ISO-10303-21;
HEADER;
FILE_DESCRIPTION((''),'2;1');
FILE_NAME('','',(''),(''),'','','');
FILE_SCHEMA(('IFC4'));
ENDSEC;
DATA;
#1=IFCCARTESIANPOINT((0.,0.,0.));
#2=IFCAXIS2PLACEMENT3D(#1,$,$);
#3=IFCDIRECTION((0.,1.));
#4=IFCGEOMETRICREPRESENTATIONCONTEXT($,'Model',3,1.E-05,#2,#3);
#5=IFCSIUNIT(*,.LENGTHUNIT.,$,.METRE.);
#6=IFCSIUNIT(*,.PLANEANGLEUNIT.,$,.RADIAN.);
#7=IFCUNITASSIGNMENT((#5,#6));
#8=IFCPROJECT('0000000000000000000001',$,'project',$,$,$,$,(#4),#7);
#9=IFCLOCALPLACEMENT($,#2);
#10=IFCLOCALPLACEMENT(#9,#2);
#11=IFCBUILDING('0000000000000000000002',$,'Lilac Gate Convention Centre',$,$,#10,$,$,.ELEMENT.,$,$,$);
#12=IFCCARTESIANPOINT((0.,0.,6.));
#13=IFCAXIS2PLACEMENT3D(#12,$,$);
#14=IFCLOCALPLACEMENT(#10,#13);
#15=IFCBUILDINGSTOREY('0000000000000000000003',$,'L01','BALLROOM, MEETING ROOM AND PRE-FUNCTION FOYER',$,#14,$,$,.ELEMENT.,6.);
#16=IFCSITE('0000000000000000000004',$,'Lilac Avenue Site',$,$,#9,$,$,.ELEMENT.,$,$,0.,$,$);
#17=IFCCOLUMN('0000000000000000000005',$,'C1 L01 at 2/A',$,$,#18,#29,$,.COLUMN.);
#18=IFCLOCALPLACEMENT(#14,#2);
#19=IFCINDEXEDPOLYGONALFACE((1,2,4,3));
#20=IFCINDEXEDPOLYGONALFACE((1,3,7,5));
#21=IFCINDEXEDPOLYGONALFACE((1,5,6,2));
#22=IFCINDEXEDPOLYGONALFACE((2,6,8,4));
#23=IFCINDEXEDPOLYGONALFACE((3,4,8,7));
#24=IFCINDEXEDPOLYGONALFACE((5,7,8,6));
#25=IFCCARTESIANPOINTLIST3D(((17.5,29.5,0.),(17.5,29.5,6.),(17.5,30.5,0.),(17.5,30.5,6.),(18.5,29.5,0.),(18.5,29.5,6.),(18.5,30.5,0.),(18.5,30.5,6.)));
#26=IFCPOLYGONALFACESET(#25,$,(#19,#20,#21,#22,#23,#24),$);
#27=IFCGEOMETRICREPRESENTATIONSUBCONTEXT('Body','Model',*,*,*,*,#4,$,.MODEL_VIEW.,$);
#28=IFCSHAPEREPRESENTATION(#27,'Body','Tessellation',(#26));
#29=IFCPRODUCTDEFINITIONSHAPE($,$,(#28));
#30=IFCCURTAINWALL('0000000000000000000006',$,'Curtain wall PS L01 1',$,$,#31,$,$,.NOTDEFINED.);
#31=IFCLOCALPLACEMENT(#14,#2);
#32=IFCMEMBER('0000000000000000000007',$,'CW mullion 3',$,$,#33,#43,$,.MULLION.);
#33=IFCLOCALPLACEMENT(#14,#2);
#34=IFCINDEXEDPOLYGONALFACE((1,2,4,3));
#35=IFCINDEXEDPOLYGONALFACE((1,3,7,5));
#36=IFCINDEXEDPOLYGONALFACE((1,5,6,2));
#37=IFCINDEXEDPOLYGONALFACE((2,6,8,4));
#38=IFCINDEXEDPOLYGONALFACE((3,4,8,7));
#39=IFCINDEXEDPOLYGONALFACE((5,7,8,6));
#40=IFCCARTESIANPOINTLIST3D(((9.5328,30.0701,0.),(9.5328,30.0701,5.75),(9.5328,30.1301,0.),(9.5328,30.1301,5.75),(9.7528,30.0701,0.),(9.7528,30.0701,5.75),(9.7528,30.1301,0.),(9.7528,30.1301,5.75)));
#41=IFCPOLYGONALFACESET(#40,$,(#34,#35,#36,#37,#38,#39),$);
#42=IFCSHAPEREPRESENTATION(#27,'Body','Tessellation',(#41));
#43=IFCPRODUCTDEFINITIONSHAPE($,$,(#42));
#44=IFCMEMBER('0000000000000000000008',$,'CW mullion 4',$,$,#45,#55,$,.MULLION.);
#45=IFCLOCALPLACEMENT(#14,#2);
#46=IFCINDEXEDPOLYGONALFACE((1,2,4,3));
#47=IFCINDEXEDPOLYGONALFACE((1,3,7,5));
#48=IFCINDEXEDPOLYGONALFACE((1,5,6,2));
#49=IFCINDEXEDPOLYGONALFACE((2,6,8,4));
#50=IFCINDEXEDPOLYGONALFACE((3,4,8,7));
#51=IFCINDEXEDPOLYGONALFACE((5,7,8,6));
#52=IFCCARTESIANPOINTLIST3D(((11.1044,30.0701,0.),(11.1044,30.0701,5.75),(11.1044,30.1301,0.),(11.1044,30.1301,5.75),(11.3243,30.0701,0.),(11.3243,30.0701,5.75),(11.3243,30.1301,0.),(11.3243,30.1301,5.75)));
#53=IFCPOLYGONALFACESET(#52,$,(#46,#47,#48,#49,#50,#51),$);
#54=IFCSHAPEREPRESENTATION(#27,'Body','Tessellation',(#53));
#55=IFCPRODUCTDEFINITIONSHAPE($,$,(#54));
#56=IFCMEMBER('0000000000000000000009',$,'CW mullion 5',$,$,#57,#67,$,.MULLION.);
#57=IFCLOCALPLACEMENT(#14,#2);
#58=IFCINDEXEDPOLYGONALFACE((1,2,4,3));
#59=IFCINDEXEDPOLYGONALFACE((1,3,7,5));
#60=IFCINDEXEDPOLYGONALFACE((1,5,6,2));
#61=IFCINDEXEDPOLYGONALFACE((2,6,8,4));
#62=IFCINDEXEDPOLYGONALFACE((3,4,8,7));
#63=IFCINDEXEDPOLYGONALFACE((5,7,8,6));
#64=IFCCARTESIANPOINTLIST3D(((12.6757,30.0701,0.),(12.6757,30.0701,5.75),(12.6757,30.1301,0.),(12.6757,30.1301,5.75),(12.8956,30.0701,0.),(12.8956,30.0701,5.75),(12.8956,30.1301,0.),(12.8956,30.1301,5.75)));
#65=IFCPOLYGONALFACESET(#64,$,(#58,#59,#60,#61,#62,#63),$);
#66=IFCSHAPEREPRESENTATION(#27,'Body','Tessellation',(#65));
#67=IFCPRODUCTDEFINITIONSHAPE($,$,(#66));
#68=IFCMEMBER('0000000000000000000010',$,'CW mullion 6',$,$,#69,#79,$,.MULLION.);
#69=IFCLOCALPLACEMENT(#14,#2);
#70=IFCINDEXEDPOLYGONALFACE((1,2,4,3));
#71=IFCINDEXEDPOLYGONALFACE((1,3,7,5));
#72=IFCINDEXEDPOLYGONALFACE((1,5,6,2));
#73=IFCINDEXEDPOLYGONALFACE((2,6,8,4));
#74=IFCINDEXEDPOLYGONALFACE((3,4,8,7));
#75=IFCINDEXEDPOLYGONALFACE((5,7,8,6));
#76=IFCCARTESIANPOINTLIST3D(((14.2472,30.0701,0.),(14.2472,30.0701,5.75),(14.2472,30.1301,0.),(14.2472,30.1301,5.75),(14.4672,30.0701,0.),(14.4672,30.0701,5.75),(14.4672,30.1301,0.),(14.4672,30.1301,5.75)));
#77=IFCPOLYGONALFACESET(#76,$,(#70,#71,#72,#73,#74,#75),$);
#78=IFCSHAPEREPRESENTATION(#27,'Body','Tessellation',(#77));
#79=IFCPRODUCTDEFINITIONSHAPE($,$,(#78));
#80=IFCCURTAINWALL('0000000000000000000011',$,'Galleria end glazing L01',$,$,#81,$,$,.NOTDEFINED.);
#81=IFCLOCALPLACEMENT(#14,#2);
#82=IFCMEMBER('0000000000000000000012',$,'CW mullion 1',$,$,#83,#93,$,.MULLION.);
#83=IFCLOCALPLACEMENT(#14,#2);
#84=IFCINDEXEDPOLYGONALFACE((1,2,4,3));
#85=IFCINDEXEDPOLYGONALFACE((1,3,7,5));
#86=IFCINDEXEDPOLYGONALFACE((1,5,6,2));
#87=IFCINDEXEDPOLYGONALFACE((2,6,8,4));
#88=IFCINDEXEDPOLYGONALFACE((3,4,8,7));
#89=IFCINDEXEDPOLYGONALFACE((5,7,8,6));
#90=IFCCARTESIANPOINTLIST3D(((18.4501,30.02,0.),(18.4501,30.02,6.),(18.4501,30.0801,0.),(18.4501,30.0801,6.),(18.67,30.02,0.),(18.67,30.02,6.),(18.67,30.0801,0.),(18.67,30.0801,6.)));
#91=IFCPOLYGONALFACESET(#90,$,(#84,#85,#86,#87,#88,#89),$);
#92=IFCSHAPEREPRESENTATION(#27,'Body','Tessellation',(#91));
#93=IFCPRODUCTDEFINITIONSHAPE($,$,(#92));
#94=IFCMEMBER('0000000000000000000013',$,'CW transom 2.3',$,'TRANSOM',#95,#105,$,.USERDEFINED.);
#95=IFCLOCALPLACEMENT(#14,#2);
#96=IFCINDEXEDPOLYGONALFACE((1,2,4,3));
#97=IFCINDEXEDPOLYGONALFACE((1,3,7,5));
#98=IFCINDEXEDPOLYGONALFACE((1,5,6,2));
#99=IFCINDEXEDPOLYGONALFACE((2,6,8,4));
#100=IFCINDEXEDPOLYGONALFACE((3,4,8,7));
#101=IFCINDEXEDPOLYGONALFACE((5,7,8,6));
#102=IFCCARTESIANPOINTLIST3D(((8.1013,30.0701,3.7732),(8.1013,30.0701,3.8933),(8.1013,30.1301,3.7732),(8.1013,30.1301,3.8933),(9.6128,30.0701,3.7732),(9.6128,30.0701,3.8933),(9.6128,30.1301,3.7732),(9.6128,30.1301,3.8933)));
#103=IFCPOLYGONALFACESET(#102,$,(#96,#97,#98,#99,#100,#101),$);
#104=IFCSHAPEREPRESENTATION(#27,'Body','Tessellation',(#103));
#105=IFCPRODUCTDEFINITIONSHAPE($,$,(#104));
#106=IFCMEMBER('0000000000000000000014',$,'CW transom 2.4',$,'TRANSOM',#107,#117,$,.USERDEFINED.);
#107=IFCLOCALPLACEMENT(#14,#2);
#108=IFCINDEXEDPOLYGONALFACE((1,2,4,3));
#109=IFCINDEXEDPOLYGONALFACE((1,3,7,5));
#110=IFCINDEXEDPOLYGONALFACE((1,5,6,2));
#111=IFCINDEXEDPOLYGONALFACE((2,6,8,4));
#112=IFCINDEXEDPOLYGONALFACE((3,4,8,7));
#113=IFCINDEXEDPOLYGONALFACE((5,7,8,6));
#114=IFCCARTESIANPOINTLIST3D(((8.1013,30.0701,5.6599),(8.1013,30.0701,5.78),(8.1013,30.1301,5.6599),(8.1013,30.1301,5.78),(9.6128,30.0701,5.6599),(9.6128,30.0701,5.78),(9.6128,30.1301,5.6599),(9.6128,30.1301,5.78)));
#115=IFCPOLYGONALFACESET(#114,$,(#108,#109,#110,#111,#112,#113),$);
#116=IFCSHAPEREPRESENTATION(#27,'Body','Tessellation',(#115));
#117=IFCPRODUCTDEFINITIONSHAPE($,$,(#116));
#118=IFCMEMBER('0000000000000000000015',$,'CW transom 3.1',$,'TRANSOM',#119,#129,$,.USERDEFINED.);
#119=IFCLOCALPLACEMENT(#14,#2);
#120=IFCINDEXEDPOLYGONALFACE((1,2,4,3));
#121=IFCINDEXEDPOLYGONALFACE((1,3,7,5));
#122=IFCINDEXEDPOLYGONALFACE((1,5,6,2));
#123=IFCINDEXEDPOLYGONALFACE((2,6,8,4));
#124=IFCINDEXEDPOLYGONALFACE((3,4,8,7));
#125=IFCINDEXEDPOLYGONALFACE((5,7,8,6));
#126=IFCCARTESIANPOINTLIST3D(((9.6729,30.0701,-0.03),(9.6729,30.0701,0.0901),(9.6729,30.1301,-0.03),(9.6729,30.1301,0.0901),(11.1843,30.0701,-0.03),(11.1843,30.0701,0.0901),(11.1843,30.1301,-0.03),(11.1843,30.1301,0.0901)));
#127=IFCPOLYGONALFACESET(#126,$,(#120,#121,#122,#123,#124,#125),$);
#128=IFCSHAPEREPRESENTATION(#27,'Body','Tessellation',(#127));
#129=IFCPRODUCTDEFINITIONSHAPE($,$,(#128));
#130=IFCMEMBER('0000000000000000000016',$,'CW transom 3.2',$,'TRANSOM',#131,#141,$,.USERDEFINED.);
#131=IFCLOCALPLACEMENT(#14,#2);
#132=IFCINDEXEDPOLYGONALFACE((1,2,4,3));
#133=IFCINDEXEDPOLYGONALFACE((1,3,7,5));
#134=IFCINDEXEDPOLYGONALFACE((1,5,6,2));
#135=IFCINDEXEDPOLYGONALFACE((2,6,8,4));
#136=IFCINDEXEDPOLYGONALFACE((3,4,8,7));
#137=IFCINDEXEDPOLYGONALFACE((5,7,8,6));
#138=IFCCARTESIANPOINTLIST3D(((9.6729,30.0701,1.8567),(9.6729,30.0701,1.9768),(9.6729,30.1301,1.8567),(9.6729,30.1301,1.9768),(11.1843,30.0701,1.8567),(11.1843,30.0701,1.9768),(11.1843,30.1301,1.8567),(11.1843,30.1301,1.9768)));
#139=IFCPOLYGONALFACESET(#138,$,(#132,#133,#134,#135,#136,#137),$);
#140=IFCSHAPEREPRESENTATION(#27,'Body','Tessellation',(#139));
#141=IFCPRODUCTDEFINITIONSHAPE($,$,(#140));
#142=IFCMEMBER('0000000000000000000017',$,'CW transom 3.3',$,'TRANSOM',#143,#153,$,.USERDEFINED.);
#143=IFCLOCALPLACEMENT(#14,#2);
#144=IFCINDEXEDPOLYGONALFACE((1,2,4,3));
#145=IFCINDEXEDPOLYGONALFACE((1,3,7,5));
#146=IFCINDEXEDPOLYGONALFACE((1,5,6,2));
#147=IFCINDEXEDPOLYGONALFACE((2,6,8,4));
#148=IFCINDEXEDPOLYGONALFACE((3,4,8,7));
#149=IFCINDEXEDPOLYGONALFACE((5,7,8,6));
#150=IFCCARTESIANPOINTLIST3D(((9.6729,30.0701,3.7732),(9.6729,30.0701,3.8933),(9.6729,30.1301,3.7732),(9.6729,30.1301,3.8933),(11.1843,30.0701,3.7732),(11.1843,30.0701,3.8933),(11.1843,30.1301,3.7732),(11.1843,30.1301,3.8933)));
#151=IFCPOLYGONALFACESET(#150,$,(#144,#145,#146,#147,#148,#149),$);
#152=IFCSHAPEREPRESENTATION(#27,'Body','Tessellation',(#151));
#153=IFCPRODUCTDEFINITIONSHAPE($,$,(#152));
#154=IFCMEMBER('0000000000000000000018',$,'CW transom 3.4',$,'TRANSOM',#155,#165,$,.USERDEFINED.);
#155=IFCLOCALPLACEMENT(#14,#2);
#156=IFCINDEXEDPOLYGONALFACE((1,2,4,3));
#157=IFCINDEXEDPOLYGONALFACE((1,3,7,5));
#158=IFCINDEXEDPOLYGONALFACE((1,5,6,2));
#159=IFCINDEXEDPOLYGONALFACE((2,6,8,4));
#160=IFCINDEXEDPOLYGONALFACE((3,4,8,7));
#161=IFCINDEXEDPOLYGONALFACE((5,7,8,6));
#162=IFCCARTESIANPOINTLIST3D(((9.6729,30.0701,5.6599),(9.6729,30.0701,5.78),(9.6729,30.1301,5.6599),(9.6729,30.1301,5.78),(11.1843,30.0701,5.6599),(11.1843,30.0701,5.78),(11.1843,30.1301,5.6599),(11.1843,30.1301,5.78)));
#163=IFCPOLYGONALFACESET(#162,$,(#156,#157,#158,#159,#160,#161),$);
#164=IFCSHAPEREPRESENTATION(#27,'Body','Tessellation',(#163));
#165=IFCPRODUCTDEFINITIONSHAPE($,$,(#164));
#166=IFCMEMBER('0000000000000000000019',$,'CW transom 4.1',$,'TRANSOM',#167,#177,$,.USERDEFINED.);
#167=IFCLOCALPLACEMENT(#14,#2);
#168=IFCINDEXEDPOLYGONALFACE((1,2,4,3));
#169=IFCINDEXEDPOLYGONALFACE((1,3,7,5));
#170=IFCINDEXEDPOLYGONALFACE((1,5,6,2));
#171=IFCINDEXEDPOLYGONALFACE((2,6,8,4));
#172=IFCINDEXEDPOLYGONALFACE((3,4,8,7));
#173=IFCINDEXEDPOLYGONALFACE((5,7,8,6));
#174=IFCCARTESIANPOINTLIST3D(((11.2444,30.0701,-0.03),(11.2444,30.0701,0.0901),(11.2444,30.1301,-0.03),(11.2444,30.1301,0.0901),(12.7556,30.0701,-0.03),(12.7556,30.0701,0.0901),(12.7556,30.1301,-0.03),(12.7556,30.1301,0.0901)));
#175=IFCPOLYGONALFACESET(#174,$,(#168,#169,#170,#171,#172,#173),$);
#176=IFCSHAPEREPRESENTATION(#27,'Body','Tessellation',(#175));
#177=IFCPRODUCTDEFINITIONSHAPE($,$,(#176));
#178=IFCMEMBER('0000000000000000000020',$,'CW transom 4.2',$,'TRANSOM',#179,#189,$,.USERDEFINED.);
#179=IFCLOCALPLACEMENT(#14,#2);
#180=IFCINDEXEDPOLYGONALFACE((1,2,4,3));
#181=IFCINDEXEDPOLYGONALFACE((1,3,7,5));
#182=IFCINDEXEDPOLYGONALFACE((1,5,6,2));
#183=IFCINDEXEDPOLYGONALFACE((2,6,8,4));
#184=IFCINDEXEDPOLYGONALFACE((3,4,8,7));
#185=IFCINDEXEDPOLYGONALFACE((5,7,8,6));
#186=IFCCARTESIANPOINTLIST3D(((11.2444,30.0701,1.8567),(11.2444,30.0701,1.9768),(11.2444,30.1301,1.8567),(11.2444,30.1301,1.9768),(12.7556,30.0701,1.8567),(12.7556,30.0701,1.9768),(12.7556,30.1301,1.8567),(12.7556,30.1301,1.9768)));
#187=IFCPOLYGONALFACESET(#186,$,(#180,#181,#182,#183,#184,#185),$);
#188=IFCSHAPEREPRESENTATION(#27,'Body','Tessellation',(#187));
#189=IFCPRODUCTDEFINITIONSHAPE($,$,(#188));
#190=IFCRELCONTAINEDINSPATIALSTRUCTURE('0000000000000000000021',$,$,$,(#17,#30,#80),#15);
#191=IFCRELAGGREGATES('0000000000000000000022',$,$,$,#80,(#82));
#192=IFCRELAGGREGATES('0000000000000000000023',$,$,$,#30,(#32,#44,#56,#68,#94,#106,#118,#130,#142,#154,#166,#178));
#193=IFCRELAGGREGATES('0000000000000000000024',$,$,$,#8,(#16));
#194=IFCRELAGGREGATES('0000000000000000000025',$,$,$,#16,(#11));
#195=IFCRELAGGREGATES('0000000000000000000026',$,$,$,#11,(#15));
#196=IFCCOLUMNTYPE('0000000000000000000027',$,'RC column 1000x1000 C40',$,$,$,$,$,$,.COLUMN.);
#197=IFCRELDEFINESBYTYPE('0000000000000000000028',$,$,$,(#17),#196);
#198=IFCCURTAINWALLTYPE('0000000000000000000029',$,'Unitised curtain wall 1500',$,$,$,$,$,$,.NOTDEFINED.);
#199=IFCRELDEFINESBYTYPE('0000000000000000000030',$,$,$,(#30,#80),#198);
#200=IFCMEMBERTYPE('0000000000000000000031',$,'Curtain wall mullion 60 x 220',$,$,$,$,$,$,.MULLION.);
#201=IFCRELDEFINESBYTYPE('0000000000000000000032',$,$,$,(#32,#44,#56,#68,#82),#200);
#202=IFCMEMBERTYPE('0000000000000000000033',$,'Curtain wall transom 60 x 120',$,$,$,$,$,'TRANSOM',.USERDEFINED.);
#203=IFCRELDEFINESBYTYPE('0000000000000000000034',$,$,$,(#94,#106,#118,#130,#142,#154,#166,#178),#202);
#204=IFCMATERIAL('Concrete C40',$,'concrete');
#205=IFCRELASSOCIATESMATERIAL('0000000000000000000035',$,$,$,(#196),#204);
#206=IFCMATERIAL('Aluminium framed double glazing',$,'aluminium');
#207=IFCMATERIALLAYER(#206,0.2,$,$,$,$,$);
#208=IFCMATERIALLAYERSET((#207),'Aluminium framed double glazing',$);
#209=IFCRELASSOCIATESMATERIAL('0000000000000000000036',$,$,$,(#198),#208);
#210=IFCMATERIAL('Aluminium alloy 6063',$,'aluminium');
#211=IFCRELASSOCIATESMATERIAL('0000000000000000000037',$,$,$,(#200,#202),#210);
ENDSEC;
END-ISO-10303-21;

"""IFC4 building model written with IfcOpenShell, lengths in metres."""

from ifc_helpers import new_model, si_unit, direction, frame, origin, origin_2d, place, context, subcontext, project, spatial, rectangle, extrude, material, layer, layer_set, material_profile, profile_set, type_object, element, aggregate, save


model = new_model("IFC4")

# Units and contexts
model_context = context("Model", 3, precision=1e-05, world=origin(), true_north=direction((0.0, 1.0)))
body_context = subcontext(model_context, "Body", "Model", "MODEL_VIEW")
ifc_project = project(units=[si_unit("LENGTHUNIT", "METRE"), si_unit("PLANEANGLEUNIT", "RADIAN")], contexts=[model_context])

# Site, building, storey
site_placement = place(None, origin())
site = spatial("IfcSite", under=ifc_project, at=site_placement, Name="Lilac Avenue Site", CompositionType="ELEMENT", RefElevation=0.0)
building_placement = place(site_placement, origin())
building = spatial("IfcBuilding", under=site, at=building_placement, Name="Lilac Gate Convention Centre", CompositionType="ELEMENT")
storey_placement = place(building_placement, frame((0.0, 0.0, 6.0)))
storey = spatial("IfcBuildingStorey", under=building, at=storey_placement, Name="L01", Description="BALLROOM, MEETING ROOM AND PRE-FUNCTION FOYER", CompositionType="ELEMENT", Elevation=6.0)

# Column
ifc_material_1 = material(Name="Concrete C40", Category="concrete")
ifc_material_profile_1 = material_profile(ifc_material_1, rectangle(XDim=1.0, YDim=1.0, at=origin_2d()), Name="RC 1000x1000")
ifc_profile_set_1 = profile_set([ifc_material_profile_1], Name="Concrete C40")
column_type = type_object("IfcColumnType", Name="RC column 1000x1000 C40", PredefinedType="COLUMN", material=ifc_profile_set_1)
column_placement = place(storey_placement, frame((18.0, 30.0, 0.0), z_axis=(0.0, 0.0, 1.0), x_axis=(1.0, 0.0, 0.0)))
element("IfcColumn", 1, at=column_placement, inside=storey, type_object=column_type, Name="C1 L01 at 2/A", PredefinedType="COLUMN", context=body_context, shape_type="SweptSolid", body=[
    extrude(rectangle(XDim=1.0, YDim=1.0, at=origin_2d()), origin(), (0.0, 0.0, 1.0), 6.0),
])

# Curtain wall, members
ifc_material_2 = material(Name="Aluminium framed double glazing", Category="aluminium")
ifc_layer_1 = layer(ifc_material_2, 0.2)
ifc_layer_set_1 = layer_set([ifc_layer_1], Name="Aluminium framed double glazing")
curtain_wall_type = type_object("IfcCurtainWallType", Name="Unitised curtain wall 1500", PredefinedType="NOTDEFINED", material=ifc_layer_set_1)
curtain_wall_1_placement = place(storey_placement, origin())
curtain_wall_1 = element("IfcCurtainWall", 2, at=curtain_wall_1_placement, inside=storey, type_object=curtain_wall_type, Name="Curtain wall PS L01 1", PredefinedType="NOTDEFINED")
ifc_material_3 = material(Name="Aluminium alloy 6063", Category="aluminium")
ifc_material_profile_2 = material_profile(ifc_material_3, rectangle(XDim=0.0601, YDim=0.22, at=origin_2d()), Name="Curtain wall mullion 60 x 220")
ifc_profile_set_2 = profile_set([ifc_material_profile_2], Name="Aluminium alloy 6063")
member_type_1 = type_object("IfcMemberType", Name="Curtain wall mullion 60 x 220", PredefinedType="MULLION", material=ifc_profile_set_2)
member_1_placement = place(storey_placement, frame((9.6428, 30.1001, 0.0), z_axis=(0.0, 0.0, 1.0), x_axis=(0.0, 1.0, 0.0)))
member_1 = element("IfcMember", 3, at=member_1_placement, type_object=member_type_1, Name="CW mullion 3", PredefinedType="MULLION", context=body_context, shape_type="SweptSolid", body=[
    extrude(rectangle(XDim=0.0601, YDim=0.22, at=origin_2d()), origin(), (0.0, 0.0, 1.0), 5.75),
])
member_2_placement = place(storey_placement, frame((11.2144, 30.1001, 0.0), z_axis=(0.0, 0.0, 1.0), x_axis=(0.0, 1.0, 0.0)))
member_2 = element("IfcMember", 4, at=member_2_placement, type_object=member_type_1, Name="CW mullion 4", PredefinedType="MULLION", context=body_context, shape_type="SweptSolid", body=[
    extrude(rectangle(XDim=0.0601, YDim=0.22, at=origin_2d()), origin(), (0.0, 0.0, 1.0), 5.75),
])
member_3_placement = place(storey_placement, frame((12.7856, 30.1001, 0.0), z_axis=(0.0, 0.0, 1.0), x_axis=(0.0, 1.0, 0.0)))
member_3 = element("IfcMember", 5, at=member_3_placement, type_object=member_type_1, Name="CW mullion 5", PredefinedType="MULLION", context=body_context, shape_type="SweptSolid", body=[
    extrude(rectangle(XDim=0.0601, YDim=0.22, at=origin_2d()), origin(), (0.0, 0.0, 1.0), 5.75),
])
member_4_placement = place(storey_placement, frame((14.3572, 30.1001, 0.0), z_axis=(0.0, 0.0, 1.0), x_axis=(0.0, 1.0, 0.0)))
member_4 = element("IfcMember", 6, at=member_4_placement, type_object=member_type_1, Name="CW mullion 6", PredefinedType="MULLION", context=body_context, shape_type="SweptSolid", body=[
    extrude(rectangle(XDim=0.0601, YDim=0.22, at=origin_2d()), origin(), (0.0, 0.0, 1.0), 5.75),
])

# Curtain wall, member
curtain_wall_2_placement = place(storey_placement, origin())
curtain_wall_2 = element("IfcCurtainWall", 7, at=curtain_wall_2_placement, inside=storey, type_object=curtain_wall_type, Name="Galleria end glazing L01", PredefinedType="NOTDEFINED")
member_5_placement = place(storey_placement, frame((18.5601, 30.05, 0.0), z_axis=(0.0, 0.0, 1.0), x_axis=(0.0, 1.0, 0.0)))
member_5 = element("IfcMember", 8, at=member_5_placement, type_object=member_type_1, Name="CW mullion 1", PredefinedType="MULLION", context=body_context, shape_type="SweptSolid", body=[
    extrude(rectangle(XDim=0.0601, YDim=0.22, at=origin_2d()), origin(), (0.0, 0.0, 1.0), 6.0),
])
aggregate(curtain_wall_2, [member_5])

# Members
ifc_material_profile_3 = material_profile(ifc_material_3, rectangle(XDim=0.0601, YDim=0.1201, at=origin_2d()), Name="Curtain wall transom 60 x 120")
ifc_profile_set_3 = profile_set([ifc_material_profile_3], Name="Aluminium alloy 6063")
member_type_2 = type_object("IfcMemberType", Name="Curtain wall transom 60 x 120", ElementType="TRANSOM", PredefinedType="USERDEFINED", material=ifc_profile_set_3)
member_6_placement = place(storey_placement, frame((8.1013, 30.1001, 3.8333), z_axis=(1.0, 0.0, 0.0), x_axis=(0.0, 1.0, 0.0)))
member_6 = element("IfcMember", 9, at=member_6_placement, type_object=member_type_2, Name="CW transom 2.3", ObjectType="TRANSOM", PredefinedType="USERDEFINED", context=body_context, shape_type="SweptSolid", body=[
    extrude(rectangle(XDim=0.0601, YDim=0.1201, at=origin_2d()), origin(), (0.0, 0.0, 1.0), 1.5115),
])
member_7_placement = place(storey_placement, frame((8.1013, 30.1001, 5.72), z_axis=(1.0, 0.0, 0.0), x_axis=(0.0, 1.0, 0.0)))
member_7 = element("IfcMember", 10, at=member_7_placement, type_object=member_type_2, Name="CW transom 2.4", ObjectType="TRANSOM", PredefinedType="USERDEFINED", context=body_context, shape_type="SweptSolid", body=[
    extrude(rectangle(XDim=0.0601, YDim=0.1201, at=origin_2d()), origin(), (0.0, 0.0, 1.0), 1.5115),
])
member_8_placement = place(storey_placement, frame((9.6729, 30.1001, 0.03), z_axis=(1.0, 0.0, 0.0), x_axis=(0.0, 1.0, 0.0)))
member_8 = element("IfcMember", 11, at=member_8_placement, type_object=member_type_2, Name="CW transom 3.1", ObjectType="TRANSOM", PredefinedType="USERDEFINED", context=body_context, shape_type="SweptSolid", body=[
    extrude(rectangle(XDim=0.0601, YDim=0.1201, at=origin_2d()), origin(), (0.0, 0.0, 1.0), 1.5115),
])
member_9_placement = place(storey_placement, frame((9.6729, 30.1001, 1.9167), z_axis=(1.0, 0.0, 0.0), x_axis=(0.0, 1.0, 0.0)))
member_9 = element("IfcMember", 12, at=member_9_placement, type_object=member_type_2, Name="CW transom 3.2", ObjectType="TRANSOM", PredefinedType="USERDEFINED", context=body_context, shape_type="SweptSolid", body=[
    extrude(rectangle(XDim=0.0601, YDim=0.1201, at=origin_2d()), origin(), (0.0, 0.0, 1.0), 1.5115),
])
member_10_placement = place(storey_placement, frame((9.6729, 30.1001, 3.8333), z_axis=(1.0, 0.0, 0.0), x_axis=(0.0, 1.0, 0.0)))
member_10 = element("IfcMember", 13, at=member_10_placement, type_object=member_type_2, Name="CW transom 3.3", ObjectType="TRANSOM", PredefinedType="USERDEFINED", context=body_context, shape_type="SweptSolid", body=[
    extrude(rectangle(XDim=0.0601, YDim=0.1201, at=origin_2d()), origin(), (0.0, 0.0, 1.0), 1.5115),
])
member_11_placement = place(storey_placement, frame((9.6729, 30.1001, 5.72), z_axis=(1.0, 0.0, 0.0), x_axis=(0.0, 1.0, 0.0)))
member_11 = element("IfcMember", 14, at=member_11_placement, type_object=member_type_2, Name="CW transom 3.4", ObjectType="TRANSOM", PredefinedType="USERDEFINED", context=body_context, shape_type="SweptSolid", body=[
    extrude(rectangle(XDim=0.0601, YDim=0.1201, at=origin_2d()), origin(), (0.0, 0.0, 1.0), 1.5115),
])
member_12_placement = place(storey_placement, frame((11.2444, 30.1001, 0.03), z_axis=(1.0, 0.0, 0.0), x_axis=(0.0, 1.0, 0.0)))
member_12 = element("IfcMember", 15, at=member_12_placement, type_object=member_type_2, Name="CW transom 4.1", ObjectType="TRANSOM", PredefinedType="USERDEFINED", context=body_context, shape_type="SweptSolid", body=[
    extrude(rectangle(XDim=0.0601, YDim=0.1201, at=origin_2d()), origin(), (0.0, 0.0, 1.0), 1.5112),
])
member_13_placement = place(storey_placement, frame((11.2444, 30.1001, 1.9167), z_axis=(1.0, 0.0, 0.0), x_axis=(0.0, 1.0, 0.0)))
member_13 = element("IfcMember", 16, at=member_13_placement, type_object=member_type_2, Name="CW transom 4.2", ObjectType="TRANSOM", PredefinedType="USERDEFINED", context=body_context, shape_type="SweptSolid", body=[
    extrude(rectangle(XDim=0.0601, YDim=0.1201, at=origin_2d()), origin(), (0.0, 0.0, 1.0), 1.5112),
])

aggregate(curtain_wall_1, [member_1, member_2, member_3, member_4, member_6, member_7, member_8, member_9, member_10, member_11, member_12, member_13])

save(model, "model.ifc")
